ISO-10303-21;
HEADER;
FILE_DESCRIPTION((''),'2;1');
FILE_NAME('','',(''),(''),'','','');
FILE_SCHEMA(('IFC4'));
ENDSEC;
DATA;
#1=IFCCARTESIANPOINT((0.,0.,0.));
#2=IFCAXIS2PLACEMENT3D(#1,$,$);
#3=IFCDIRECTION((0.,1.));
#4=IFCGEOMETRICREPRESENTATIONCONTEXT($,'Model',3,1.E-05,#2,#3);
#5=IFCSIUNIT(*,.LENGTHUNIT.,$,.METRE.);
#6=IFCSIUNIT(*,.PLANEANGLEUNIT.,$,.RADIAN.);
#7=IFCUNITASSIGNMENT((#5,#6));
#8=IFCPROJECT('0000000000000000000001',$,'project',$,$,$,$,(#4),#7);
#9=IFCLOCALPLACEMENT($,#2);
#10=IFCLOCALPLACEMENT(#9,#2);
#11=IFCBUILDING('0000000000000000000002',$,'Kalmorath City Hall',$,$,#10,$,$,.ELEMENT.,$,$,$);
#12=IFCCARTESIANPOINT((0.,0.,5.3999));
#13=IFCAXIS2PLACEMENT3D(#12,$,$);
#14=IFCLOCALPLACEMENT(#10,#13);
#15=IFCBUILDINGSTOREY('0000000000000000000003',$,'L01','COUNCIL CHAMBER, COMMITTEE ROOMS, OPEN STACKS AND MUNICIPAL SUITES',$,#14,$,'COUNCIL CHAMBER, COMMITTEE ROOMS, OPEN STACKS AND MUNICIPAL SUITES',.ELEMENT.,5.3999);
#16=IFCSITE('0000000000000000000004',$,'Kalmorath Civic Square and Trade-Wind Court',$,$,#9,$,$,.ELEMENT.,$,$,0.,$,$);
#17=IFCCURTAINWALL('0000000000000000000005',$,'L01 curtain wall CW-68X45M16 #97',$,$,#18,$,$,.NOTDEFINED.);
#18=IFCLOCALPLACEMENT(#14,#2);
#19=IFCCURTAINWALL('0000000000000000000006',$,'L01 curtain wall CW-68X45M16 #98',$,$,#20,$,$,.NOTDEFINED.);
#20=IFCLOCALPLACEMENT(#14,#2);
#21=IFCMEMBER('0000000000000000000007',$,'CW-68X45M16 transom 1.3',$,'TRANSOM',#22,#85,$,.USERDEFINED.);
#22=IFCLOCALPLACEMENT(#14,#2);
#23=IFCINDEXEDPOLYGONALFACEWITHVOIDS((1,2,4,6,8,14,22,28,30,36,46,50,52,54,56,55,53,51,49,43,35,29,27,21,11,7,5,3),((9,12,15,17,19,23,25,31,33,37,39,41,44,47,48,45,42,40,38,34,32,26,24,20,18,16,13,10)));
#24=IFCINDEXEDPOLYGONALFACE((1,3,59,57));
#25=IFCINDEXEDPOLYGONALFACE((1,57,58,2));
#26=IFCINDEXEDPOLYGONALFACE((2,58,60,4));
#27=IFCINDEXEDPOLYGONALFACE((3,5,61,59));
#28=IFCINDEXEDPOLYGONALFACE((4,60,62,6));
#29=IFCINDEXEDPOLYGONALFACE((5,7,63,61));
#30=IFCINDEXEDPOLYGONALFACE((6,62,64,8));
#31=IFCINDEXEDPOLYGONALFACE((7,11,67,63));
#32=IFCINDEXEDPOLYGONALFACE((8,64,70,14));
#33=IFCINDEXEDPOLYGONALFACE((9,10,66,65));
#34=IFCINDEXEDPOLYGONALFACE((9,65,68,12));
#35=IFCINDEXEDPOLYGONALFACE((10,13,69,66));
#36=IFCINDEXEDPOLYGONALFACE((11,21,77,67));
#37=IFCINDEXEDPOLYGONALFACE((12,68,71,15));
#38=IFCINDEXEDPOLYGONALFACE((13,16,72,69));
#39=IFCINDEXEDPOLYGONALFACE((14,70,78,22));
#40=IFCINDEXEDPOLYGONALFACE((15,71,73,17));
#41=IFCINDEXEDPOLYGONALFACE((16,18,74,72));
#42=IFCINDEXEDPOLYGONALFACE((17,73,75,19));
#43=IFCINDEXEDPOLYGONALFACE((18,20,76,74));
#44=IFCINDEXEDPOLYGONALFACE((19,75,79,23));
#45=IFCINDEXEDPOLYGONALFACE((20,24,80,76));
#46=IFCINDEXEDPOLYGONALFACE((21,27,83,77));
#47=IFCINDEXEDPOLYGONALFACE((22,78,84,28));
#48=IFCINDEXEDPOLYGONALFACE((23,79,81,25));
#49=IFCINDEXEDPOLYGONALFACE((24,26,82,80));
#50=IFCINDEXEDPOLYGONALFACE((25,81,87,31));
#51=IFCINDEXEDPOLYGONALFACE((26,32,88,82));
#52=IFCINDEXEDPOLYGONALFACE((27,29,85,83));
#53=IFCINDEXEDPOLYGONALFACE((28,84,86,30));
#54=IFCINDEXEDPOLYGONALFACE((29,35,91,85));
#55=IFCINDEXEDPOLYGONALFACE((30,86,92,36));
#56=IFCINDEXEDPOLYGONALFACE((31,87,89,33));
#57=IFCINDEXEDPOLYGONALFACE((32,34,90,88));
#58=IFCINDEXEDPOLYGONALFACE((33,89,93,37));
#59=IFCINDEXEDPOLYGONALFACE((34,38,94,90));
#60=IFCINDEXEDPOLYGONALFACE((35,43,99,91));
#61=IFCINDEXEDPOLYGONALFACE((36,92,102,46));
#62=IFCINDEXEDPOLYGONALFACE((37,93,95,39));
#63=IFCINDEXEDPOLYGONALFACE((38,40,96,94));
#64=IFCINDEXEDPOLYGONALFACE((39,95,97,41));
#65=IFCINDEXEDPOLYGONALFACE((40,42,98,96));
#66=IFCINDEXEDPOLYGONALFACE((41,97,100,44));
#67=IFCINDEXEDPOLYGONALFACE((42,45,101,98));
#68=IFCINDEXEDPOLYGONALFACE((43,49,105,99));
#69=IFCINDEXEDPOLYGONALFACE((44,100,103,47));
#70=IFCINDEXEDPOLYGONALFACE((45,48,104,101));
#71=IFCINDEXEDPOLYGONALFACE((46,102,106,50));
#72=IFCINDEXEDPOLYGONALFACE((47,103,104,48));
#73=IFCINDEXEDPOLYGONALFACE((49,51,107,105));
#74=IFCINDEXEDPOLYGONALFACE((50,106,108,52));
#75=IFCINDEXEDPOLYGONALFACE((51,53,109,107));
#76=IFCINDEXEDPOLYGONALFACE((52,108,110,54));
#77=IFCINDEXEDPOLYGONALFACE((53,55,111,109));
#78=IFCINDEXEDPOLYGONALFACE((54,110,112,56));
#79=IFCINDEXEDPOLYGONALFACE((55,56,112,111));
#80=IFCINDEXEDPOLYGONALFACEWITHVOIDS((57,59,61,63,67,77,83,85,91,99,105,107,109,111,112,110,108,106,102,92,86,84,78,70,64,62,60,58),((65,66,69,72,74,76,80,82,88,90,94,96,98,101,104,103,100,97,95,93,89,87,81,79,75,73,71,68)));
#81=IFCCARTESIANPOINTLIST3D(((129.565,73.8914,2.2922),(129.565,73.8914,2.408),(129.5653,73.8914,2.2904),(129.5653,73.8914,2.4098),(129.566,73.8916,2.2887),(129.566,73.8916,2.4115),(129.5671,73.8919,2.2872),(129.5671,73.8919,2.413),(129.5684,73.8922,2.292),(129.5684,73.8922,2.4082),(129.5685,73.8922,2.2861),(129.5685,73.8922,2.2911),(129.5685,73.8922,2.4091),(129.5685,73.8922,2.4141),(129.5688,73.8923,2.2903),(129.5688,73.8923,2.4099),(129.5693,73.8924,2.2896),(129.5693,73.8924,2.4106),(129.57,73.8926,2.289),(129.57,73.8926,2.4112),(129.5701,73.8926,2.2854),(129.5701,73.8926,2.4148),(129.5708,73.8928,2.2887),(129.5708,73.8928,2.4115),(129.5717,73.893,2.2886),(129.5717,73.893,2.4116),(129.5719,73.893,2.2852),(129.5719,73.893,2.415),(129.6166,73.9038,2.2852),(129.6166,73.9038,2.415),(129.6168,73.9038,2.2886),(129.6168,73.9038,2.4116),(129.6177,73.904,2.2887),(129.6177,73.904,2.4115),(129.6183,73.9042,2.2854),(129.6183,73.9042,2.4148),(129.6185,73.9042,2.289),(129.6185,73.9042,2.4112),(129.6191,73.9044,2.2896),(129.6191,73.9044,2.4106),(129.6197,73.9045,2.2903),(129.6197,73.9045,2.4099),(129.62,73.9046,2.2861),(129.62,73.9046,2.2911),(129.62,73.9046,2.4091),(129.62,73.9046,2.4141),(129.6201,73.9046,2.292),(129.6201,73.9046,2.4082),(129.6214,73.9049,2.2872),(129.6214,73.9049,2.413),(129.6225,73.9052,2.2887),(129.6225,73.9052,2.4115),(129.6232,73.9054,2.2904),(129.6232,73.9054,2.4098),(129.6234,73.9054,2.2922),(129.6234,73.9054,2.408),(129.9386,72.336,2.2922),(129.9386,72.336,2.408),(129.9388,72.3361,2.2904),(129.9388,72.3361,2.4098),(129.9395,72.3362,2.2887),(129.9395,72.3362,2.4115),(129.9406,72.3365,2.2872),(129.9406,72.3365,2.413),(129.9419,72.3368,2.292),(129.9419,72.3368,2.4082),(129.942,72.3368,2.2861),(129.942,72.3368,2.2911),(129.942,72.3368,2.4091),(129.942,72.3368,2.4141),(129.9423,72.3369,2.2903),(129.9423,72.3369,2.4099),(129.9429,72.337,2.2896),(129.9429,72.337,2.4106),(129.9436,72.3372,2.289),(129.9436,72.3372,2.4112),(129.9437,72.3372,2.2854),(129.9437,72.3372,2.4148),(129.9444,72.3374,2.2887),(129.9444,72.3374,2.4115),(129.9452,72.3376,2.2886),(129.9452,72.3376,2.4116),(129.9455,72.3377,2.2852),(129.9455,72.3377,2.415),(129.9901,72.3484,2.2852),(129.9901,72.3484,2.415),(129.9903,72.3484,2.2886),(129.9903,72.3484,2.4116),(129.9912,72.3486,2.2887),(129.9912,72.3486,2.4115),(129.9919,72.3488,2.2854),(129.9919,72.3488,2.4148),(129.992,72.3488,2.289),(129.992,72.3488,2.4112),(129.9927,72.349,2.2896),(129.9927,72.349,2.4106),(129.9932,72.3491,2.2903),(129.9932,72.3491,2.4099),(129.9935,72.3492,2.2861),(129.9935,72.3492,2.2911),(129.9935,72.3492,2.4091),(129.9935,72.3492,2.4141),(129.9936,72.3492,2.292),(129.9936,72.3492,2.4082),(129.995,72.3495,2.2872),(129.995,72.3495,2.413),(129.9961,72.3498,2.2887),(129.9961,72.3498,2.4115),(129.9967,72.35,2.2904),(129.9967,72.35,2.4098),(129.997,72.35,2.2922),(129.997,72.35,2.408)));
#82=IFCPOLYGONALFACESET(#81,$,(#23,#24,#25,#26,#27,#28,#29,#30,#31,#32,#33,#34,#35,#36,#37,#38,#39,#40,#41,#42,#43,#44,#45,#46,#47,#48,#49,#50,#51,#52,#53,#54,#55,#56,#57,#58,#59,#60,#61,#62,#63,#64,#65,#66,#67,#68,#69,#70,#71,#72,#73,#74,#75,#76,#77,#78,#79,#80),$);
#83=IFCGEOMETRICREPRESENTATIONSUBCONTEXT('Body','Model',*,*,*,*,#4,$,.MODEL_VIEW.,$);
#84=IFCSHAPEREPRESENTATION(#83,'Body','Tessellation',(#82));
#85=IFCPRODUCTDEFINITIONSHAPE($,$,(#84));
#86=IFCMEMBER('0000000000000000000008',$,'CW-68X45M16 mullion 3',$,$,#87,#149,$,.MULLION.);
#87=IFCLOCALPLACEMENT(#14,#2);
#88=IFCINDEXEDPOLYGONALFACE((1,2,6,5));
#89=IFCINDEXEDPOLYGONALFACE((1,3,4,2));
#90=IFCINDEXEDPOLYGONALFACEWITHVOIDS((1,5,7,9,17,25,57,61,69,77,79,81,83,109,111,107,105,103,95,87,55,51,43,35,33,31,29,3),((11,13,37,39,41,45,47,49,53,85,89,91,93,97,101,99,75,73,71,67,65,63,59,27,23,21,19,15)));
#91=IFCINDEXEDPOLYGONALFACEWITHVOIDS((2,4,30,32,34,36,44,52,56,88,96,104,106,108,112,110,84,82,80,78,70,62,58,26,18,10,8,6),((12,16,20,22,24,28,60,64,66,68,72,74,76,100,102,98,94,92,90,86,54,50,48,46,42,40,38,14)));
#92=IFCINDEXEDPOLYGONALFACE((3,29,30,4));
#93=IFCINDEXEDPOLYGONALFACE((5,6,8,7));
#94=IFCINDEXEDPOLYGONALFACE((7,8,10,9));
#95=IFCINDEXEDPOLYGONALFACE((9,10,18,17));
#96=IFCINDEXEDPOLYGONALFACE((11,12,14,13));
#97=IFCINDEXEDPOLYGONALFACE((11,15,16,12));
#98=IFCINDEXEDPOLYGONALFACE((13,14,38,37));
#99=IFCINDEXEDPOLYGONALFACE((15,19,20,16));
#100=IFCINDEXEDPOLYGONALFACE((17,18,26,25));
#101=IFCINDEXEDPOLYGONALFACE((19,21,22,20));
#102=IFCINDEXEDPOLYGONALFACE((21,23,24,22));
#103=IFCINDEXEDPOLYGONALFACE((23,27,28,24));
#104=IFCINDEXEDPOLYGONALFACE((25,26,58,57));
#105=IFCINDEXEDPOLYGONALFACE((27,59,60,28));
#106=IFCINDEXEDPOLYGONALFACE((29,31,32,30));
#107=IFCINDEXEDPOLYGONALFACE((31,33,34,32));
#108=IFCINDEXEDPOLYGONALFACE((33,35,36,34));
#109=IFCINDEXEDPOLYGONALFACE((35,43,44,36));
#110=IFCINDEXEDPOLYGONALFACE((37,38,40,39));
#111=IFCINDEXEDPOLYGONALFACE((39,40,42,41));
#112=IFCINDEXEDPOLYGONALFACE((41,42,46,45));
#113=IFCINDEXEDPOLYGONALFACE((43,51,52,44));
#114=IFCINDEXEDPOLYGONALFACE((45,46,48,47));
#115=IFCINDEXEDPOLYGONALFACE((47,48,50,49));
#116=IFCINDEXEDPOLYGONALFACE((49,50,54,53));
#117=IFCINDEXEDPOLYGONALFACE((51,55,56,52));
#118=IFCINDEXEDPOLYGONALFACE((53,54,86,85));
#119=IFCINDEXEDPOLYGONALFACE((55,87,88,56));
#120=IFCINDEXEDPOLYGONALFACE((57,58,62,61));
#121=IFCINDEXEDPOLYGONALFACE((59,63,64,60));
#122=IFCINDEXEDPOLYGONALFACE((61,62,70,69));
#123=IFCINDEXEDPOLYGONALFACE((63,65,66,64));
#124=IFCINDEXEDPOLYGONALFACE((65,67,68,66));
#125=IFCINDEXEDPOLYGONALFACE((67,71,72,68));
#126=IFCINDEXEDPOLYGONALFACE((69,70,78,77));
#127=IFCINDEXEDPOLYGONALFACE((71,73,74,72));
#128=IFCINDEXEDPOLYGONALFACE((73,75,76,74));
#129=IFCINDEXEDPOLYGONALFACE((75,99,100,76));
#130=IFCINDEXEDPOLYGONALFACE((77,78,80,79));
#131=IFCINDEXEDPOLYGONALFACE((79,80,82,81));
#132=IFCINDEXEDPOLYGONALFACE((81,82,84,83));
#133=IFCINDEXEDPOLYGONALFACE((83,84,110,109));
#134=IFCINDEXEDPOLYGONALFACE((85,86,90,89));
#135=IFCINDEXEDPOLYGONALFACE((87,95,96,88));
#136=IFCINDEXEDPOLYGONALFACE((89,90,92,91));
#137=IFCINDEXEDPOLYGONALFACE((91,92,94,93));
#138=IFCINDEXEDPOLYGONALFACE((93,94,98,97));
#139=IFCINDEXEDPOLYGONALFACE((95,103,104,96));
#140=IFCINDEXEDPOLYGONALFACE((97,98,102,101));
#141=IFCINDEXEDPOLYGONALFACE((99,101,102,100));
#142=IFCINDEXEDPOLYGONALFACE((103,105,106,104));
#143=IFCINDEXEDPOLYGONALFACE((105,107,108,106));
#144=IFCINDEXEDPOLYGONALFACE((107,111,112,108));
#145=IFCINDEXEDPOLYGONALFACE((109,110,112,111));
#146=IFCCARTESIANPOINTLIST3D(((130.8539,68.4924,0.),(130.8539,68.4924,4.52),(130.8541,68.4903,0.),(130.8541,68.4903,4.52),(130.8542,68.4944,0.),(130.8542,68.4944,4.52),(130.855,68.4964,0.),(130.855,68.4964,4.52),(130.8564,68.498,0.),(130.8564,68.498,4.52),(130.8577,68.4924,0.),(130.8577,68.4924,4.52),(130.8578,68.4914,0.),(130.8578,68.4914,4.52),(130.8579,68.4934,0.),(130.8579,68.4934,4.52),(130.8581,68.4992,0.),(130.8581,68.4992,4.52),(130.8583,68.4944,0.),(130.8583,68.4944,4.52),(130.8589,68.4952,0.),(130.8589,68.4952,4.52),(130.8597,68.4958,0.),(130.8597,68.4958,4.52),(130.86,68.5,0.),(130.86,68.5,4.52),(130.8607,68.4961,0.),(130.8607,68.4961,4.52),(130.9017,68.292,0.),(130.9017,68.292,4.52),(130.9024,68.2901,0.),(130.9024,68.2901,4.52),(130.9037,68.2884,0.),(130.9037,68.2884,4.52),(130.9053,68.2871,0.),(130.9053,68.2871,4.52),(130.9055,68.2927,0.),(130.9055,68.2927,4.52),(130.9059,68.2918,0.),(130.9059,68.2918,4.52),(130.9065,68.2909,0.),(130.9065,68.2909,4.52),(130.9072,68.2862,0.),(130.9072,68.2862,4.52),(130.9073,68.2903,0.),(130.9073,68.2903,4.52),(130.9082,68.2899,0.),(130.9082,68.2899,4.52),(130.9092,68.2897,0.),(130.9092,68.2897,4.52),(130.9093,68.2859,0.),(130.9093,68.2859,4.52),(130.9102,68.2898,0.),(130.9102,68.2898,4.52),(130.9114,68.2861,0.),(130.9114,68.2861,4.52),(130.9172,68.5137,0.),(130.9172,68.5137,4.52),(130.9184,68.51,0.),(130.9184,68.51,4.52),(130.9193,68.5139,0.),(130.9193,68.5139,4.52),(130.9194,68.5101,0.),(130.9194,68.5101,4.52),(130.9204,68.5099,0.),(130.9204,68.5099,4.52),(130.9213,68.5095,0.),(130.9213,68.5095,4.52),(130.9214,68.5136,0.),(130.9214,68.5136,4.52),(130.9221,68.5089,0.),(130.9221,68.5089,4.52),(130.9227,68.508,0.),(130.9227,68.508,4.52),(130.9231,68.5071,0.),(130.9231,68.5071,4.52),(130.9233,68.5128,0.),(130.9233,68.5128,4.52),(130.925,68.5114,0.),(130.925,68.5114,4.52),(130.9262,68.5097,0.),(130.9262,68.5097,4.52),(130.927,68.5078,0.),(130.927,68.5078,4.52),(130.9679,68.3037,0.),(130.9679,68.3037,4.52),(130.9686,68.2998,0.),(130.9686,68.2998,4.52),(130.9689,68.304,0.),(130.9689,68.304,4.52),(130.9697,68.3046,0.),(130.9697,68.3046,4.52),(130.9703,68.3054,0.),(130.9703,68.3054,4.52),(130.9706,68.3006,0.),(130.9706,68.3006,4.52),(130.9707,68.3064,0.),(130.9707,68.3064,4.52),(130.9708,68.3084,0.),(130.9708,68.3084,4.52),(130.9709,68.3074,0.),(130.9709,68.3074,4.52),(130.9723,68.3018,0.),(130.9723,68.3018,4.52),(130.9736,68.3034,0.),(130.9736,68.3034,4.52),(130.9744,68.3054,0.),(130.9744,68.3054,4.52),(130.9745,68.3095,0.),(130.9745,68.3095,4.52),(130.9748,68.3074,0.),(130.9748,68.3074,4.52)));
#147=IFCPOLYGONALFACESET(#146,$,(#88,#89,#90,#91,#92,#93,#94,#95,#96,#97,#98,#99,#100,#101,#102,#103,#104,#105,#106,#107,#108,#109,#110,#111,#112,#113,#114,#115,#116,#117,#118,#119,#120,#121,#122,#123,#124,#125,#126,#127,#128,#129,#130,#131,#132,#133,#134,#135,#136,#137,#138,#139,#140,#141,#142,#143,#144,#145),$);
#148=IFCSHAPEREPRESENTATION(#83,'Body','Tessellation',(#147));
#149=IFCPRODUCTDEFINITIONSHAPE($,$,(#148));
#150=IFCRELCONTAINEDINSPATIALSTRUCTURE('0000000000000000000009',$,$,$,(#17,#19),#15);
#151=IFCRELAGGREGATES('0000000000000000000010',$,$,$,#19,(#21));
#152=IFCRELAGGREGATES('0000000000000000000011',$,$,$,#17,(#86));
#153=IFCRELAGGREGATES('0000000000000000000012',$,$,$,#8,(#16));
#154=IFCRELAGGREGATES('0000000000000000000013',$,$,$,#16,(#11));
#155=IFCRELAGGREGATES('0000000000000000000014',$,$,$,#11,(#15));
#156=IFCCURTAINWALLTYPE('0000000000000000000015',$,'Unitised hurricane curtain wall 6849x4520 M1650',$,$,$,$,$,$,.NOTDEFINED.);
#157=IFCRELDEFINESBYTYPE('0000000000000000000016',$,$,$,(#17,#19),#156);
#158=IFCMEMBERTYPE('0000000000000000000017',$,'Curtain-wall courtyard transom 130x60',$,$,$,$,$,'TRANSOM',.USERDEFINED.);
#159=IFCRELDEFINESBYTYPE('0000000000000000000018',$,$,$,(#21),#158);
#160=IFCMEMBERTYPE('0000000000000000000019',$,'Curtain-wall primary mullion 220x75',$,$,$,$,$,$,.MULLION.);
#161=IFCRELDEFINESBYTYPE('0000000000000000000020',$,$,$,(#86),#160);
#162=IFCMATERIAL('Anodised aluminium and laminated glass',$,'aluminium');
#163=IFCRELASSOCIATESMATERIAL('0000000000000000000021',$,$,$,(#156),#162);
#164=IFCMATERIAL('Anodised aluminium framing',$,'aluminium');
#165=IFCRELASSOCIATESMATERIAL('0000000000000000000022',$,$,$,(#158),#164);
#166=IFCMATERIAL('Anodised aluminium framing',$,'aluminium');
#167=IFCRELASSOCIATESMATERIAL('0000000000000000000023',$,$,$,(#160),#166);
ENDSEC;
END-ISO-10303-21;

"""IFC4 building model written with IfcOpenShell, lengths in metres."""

from ifc_helpers import new_model, si_unit, direction, frame, origin, origin_2d, place, context, subcontext, project, spatial, hollow_rectangle, extrude, material, material_profile, profile_set, type_object, element, aggregate, save


model = new_model("IFC4")

# Units and contexts
model_context = context("Model", 3, precision=1e-05, world=origin(), true_north=direction((0.0, 1.0)))
body_context = subcontext(model_context, "Body", "Model", "MODEL_VIEW")
ifc_project = project(units=[si_unit("LENGTHUNIT", "METRE"), si_unit("PLANEANGLEUNIT", "RADIAN")], contexts=[model_context])

# Site, building, storey
site_placement = place(None, origin())
site = spatial("IfcSite", under=ifc_project, at=site_placement, Name="Kalmorath Civic Square and Trade-Wind Court", CompositionType="ELEMENT", RefElevation=0.0)
building_placement = place(site_placement, origin())
building = spatial("IfcBuilding", under=site, at=building_placement, Name="Kalmorath City Hall", CompositionType="ELEMENT")
storey_placement = place(building_placement, frame((0.0, 0.0, 5.3999)))
storey = spatial("IfcBuildingStorey", under=building, at=storey_placement, Name="L01", Description="COUNCIL CHAMBER, COMMITTEE ROOMS, OPEN STACKS AND MUNICIPAL SUITES", LongName="COUNCIL CHAMBER, COMMITTEE ROOMS, OPEN STACKS AND MUNICIPAL SUITES", CompositionType="ELEMENT", Elevation=5.3999)

# Curtain walls, member
ifc_material_1 = material(Name="Anodised aluminium and laminated glass", Category="aluminium")
curtain_wall_type = type_object("IfcCurtainWallType", Name="Unitised hurricane curtain wall 6849x4520 M1650", PredefinedType="NOTDEFINED", material=ifc_material_1)
curtain_wall_1_placement = place(storey_placement, origin())
curtain_wall_1 = element("IfcCurtainWall", 1, at=curtain_wall_1_placement, inside=storey, type_object=curtain_wall_type, Name="L01 curtain wall CW-68X45M16 #97", PredefinedType="NOTDEFINED")
ifc_material_2 = material(Name="Anodised aluminium framing", Category="aluminium")
ifc_material_profile_1 = material_profile(ifc_material_2, hollow_rectangle(XDim=0.0601, YDim=0.1299, WallThickness=0.0034, InnerFilletRadius=0.0034, OuterFilletRadius=0.0071, at=origin_2d()), Name="ALU-TRN-130X60X3.5")
ifc_profile_set_1 = profile_set([ifc_material_profile_1], Name="Anodised aluminium framing")
member_type_1 = type_object("IfcMemberType", Name="Curtain-wall courtyard transom 130x60", ElementType="TRANSOM", PredefinedType="USERDEFINED", material=ifc_profile_set_1)
curtain_wall_2_placement = place(storey_placement, origin())
curtain_wall_2 = element("IfcCurtainWall", 2, at=curtain_wall_2_placement, inside=storey, type_object=curtain_wall_type, Name="L01 curtain wall CW-68X45M16 #98", PredefinedType="NOTDEFINED")
member_1_placement = place(storey_placement, frame((129.9678, 72.343, 2.3501), z_axis=(-0.233511, 0.972354, 0.0), x_axis=(-0.972354, -0.233511, 0.0)))
member_1 = element("IfcMember", 3, at=member_1_placement, type_object=member_type_1, Name="CW-68X45M16 transom 1.3", ObjectType="TRANSOM", PredefinedType="USERDEFINED", context=body_context, shape_type="SweptSolid", body=[
    extrude(hollow_rectangle(XDim=0.0601, YDim=0.1299, WallThickness=0.0034, InnerFilletRadius=0.0034, OuterFilletRadius=0.0071, at=origin_2d()), origin(), (0.0, 0.0, 1.0), 1.5996),
])

# Member
ifc_material_3 = material(Name="Anodised aluminium framing", Category="aluminium")
ifc_material_profile_2 = material_profile(ifc_material_3, hollow_rectangle(XDim=0.075, YDim=0.22, WallThickness=0.0039, InnerFilletRadius=0.0039, OuterFilletRadius=0.0081, at=origin_2d()), Name="ALU-MUL-220X75X4")
ifc_profile_set_2 = profile_set([ifc_material_profile_2], Name="Anodised aluminium framing")
member_type_2 = type_object("IfcMemberType", Name="Curtain-wall primary mullion 220x75", PredefinedType="MULLION", material=ifc_profile_set_2)
member_2_placement = place(storey_placement, frame((130.9143, 68.3999, 0.0), z_axis=(0.0, 0.0, 1.0), x_axis=(-0.972371, -0.233442, 0.0)))
member_2 = element("IfcMember", 4, at=member_2_placement, type_object=member_type_2, Name="CW-68X45M16 mullion 3", PredefinedType="MULLION", context=body_context, shape_type="SweptSolid", body=[
    extrude(hollow_rectangle(XDim=0.075, YDim=0.22, WallThickness=0.0039, InnerFilletRadius=0.0039, OuterFilletRadius=0.0081, at=origin_2d()), origin(), (0.0, 0.0, 1.0), 4.52),
])
aggregate(curtain_wall_2, [member_1])

aggregate(curtain_wall_1, [member_2])

save(model, "model.ifc")
